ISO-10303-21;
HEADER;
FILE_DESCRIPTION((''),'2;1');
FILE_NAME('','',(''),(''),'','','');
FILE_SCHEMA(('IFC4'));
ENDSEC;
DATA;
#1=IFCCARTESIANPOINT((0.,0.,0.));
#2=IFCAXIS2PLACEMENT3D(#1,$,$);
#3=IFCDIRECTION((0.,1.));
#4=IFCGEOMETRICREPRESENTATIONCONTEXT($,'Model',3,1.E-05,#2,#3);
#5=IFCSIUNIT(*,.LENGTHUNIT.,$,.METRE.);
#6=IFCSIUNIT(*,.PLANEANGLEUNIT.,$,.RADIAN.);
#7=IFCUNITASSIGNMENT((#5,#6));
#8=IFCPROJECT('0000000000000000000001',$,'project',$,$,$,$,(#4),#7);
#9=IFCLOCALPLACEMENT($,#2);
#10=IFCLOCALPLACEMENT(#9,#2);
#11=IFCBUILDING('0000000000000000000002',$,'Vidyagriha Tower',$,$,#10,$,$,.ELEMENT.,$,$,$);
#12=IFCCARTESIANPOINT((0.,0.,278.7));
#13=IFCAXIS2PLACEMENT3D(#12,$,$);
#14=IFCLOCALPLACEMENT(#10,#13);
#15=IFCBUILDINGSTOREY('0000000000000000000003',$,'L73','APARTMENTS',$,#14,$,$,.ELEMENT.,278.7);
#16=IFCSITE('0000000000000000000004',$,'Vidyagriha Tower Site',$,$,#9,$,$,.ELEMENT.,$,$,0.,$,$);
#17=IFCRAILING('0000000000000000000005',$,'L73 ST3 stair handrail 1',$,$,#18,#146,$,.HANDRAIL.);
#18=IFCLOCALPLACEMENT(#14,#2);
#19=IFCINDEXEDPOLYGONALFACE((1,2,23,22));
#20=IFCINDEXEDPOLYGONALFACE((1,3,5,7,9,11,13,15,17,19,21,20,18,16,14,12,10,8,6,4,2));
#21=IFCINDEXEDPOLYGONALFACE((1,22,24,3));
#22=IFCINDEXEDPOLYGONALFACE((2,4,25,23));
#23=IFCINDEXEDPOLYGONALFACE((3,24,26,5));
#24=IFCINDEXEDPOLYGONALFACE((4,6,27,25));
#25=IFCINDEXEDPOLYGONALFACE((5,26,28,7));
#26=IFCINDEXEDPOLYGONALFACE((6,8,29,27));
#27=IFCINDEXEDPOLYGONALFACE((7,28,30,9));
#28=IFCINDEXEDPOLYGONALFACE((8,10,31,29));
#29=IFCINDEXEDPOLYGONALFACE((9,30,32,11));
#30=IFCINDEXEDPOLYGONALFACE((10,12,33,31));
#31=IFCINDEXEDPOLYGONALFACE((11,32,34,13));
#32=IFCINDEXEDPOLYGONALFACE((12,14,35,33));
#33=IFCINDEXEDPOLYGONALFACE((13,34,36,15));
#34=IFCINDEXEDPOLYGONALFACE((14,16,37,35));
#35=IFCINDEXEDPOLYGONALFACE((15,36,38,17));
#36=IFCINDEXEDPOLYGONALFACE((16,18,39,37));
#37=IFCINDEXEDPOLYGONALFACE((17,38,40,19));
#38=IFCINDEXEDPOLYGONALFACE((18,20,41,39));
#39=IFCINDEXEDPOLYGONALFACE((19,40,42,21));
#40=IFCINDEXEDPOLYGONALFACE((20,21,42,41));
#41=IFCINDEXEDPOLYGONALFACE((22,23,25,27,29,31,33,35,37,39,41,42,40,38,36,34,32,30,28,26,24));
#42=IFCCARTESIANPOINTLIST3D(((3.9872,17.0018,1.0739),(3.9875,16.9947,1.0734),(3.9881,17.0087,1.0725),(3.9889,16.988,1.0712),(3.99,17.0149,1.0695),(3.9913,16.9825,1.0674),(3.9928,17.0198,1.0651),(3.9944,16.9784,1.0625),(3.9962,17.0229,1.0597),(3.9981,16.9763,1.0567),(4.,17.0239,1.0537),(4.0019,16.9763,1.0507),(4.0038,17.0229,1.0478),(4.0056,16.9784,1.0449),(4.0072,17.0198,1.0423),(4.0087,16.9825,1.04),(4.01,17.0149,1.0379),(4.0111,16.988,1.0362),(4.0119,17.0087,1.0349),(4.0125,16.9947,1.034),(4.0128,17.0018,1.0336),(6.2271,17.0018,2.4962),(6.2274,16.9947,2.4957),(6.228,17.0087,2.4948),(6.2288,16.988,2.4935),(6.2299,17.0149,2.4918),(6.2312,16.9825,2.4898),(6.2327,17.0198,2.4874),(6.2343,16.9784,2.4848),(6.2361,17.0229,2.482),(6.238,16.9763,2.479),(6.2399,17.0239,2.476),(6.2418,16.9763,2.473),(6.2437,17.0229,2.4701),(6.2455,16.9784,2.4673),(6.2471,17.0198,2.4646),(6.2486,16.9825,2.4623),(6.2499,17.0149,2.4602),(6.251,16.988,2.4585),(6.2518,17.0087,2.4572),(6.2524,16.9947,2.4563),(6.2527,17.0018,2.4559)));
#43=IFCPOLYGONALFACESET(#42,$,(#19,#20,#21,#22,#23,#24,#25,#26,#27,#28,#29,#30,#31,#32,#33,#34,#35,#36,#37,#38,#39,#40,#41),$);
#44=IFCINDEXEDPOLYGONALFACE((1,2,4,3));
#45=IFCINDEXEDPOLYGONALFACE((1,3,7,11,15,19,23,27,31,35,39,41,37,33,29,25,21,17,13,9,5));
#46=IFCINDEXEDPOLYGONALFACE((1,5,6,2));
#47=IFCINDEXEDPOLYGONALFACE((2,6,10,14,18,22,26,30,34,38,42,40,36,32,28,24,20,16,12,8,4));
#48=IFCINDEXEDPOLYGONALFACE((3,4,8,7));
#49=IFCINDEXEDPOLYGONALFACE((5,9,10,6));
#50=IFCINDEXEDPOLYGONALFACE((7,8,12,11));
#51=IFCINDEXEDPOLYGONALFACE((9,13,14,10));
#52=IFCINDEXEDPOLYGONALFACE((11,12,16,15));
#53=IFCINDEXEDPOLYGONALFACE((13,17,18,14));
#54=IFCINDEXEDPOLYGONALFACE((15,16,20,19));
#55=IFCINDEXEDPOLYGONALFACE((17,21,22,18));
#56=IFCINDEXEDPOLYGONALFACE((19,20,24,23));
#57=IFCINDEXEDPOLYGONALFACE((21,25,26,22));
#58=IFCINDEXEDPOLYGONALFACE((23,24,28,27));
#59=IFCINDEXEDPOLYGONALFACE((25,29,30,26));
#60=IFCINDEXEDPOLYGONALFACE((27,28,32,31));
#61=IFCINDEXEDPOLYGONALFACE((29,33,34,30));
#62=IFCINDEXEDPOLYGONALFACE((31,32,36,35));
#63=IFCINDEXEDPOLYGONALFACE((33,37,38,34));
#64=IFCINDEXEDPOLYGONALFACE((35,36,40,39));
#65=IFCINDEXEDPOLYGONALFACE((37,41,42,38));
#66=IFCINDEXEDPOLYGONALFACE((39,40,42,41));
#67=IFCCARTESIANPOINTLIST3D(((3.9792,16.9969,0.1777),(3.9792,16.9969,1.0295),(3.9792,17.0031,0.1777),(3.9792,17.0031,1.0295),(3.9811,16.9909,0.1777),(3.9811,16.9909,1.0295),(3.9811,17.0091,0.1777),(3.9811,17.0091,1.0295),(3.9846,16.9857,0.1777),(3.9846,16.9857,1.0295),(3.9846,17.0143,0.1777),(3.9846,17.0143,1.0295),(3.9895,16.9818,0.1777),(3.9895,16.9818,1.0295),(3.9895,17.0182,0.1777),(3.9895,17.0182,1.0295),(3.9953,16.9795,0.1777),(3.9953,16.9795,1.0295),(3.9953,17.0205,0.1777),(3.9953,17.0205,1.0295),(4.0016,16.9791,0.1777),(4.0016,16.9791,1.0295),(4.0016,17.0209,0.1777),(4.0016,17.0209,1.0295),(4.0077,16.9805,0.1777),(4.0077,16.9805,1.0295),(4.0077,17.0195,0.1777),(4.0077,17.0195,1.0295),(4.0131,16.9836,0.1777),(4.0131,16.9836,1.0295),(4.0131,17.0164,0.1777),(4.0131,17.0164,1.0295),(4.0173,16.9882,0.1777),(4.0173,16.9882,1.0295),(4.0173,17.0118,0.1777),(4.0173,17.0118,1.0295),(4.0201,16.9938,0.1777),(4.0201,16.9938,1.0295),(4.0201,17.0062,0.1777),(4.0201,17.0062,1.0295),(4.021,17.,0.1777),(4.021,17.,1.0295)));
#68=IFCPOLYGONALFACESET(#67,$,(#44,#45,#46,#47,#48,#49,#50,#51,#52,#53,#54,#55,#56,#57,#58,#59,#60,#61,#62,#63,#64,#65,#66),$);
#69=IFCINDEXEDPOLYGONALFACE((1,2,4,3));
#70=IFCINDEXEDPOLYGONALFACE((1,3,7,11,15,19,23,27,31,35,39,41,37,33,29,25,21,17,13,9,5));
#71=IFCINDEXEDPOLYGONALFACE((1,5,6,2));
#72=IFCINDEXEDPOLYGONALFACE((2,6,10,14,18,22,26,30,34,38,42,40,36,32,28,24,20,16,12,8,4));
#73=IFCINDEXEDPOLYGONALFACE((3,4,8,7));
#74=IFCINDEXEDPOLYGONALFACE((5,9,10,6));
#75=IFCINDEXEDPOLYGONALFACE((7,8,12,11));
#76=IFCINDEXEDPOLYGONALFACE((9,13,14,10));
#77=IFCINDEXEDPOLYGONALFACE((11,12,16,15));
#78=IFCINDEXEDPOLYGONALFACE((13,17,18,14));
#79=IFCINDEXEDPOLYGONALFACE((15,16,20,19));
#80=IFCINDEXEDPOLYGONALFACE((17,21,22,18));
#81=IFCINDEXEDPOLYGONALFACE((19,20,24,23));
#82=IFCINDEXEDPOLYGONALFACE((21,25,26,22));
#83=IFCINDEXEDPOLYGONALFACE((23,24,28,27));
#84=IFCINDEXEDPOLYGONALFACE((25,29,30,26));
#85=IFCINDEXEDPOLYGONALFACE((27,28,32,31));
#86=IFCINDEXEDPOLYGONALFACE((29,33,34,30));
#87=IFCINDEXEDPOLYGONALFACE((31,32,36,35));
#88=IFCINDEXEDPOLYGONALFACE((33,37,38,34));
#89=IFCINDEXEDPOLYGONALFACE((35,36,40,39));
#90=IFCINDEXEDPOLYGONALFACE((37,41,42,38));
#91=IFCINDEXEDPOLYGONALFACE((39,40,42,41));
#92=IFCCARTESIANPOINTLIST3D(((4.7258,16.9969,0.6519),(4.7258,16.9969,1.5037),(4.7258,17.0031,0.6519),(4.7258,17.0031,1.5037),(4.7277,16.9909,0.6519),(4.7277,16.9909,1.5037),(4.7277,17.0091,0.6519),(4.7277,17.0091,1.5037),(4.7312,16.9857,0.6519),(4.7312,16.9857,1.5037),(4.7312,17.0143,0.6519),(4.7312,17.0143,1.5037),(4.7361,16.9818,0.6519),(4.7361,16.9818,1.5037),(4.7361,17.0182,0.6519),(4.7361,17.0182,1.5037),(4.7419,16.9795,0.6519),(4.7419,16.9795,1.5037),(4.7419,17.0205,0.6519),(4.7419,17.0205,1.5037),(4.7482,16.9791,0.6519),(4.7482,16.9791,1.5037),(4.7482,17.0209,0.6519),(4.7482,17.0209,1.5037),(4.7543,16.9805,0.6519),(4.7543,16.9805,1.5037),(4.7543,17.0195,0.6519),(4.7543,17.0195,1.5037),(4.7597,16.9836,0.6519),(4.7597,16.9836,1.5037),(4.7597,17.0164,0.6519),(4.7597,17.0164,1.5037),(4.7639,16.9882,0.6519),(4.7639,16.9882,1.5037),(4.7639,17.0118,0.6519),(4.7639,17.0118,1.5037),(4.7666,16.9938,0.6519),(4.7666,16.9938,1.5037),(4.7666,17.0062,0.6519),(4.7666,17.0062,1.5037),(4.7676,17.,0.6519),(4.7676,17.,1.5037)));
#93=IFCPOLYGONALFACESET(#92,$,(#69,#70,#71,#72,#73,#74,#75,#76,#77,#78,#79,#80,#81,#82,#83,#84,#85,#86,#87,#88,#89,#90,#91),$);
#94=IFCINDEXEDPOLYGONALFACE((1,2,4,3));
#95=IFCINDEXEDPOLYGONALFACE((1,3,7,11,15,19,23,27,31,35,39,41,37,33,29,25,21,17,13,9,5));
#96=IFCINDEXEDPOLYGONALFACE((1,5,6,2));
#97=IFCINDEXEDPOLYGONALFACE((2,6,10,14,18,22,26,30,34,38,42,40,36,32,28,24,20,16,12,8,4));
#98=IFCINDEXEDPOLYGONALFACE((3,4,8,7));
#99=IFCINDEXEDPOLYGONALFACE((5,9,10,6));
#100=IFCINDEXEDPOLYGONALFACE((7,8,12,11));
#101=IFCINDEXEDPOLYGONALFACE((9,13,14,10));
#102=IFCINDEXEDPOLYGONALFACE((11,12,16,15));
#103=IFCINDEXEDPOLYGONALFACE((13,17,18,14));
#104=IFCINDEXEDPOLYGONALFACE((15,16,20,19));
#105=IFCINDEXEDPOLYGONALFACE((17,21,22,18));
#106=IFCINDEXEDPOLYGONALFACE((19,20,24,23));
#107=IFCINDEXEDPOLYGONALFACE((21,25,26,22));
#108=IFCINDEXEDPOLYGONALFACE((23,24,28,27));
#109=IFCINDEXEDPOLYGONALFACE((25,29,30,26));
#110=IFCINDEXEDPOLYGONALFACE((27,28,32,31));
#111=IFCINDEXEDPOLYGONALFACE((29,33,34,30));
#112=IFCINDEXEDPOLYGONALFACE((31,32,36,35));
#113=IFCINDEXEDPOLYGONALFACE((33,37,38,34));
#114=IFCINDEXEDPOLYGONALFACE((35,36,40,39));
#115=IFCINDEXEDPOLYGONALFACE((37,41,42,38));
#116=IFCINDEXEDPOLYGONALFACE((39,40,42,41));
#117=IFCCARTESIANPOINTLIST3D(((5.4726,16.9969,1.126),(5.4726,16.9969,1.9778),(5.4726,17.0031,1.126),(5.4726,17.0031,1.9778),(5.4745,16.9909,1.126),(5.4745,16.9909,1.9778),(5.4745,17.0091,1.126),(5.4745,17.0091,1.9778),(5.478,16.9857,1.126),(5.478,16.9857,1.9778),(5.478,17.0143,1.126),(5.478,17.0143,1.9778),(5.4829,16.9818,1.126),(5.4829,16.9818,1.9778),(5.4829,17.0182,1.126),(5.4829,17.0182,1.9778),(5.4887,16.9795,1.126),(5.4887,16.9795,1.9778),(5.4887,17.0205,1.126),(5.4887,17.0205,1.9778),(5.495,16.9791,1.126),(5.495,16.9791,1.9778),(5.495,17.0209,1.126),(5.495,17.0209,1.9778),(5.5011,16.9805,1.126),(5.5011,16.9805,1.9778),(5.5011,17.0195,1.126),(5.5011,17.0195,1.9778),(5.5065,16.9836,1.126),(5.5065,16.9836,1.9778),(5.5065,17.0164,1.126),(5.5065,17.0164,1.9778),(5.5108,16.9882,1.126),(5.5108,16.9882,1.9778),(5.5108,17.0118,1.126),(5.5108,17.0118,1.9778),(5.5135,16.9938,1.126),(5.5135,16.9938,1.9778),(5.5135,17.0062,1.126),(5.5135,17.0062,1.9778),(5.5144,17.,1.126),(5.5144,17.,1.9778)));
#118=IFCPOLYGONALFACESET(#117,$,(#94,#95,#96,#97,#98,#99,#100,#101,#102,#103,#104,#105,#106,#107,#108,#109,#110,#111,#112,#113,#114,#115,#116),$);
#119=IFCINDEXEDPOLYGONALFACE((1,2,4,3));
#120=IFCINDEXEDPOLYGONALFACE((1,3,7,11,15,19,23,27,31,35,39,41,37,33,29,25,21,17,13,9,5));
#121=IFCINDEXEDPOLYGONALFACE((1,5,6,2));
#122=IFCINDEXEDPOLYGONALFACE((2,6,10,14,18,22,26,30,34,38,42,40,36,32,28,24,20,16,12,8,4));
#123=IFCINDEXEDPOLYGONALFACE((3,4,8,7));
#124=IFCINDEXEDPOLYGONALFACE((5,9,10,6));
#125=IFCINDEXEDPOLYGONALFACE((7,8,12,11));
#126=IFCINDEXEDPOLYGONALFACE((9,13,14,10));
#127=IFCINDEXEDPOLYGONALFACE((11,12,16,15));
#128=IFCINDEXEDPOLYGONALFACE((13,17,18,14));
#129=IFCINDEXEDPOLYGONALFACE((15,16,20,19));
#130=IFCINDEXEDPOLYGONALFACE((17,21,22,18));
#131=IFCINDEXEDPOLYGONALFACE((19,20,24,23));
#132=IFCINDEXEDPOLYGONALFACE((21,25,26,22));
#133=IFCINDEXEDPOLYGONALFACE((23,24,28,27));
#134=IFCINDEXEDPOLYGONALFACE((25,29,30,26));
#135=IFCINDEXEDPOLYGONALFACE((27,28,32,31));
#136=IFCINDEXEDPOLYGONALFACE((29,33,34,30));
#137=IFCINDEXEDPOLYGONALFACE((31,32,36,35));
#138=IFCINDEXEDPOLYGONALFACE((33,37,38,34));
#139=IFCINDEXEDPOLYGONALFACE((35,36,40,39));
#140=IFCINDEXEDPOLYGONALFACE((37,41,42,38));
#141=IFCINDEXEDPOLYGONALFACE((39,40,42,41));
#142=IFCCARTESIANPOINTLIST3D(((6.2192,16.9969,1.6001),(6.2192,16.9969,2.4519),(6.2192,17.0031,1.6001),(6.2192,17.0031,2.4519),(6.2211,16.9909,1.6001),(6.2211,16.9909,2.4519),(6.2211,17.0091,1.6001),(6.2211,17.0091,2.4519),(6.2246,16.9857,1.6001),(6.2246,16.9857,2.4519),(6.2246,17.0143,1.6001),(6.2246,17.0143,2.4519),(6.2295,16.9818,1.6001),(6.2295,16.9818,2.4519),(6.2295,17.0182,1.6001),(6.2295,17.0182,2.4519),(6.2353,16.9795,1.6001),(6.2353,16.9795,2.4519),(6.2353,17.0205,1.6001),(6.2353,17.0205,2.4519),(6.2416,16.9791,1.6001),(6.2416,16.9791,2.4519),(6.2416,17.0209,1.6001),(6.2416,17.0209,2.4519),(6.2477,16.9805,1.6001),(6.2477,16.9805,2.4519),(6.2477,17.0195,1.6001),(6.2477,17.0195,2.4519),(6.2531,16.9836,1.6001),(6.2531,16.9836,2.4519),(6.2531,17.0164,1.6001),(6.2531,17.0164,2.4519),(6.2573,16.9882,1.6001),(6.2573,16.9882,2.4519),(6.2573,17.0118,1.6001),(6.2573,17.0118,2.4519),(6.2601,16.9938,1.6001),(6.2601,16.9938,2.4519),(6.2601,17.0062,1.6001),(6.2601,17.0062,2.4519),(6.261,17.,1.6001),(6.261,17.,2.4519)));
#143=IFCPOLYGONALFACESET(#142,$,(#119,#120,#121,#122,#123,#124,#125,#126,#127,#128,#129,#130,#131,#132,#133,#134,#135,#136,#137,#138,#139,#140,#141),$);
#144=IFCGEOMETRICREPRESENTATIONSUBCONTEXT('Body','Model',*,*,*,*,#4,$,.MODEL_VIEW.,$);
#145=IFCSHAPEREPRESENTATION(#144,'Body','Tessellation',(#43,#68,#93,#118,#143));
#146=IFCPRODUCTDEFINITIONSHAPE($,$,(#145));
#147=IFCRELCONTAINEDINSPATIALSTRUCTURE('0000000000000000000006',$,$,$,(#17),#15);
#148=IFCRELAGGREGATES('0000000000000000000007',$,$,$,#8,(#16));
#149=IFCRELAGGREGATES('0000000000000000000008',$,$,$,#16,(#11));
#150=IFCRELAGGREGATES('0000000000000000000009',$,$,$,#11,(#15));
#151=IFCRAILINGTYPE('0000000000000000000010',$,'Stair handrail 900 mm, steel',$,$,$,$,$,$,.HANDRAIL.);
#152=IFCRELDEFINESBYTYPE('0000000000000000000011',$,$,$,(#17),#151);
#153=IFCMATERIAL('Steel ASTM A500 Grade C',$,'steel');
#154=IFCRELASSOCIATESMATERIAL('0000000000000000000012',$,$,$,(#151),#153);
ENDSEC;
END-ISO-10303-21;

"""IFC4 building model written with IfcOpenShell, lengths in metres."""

from ifc_helpers import new_model, si_unit, direction, frame, origin, origin_2d, place, context, subcontext, project, spatial, circle, extrude, material, type_object, element, save


model = new_model("IFC4")

# Units and contexts
model_context = context("Model", 3, precision=1e-05, world=origin(), true_north=direction((0.0, 1.0)))
body_context = subcontext(model_context, "Body", "Model", "MODEL_VIEW")
ifc_project = project(units=[si_unit("LENGTHUNIT", "METRE"), si_unit("PLANEANGLEUNIT", "RADIAN")], contexts=[model_context])

# Site, building, storey
site_placement = place(None, origin())
site = spatial("IfcSite", under=ifc_project, at=site_placement, Name="Vidyagriha Tower Site", CompositionType="ELEMENT", RefElevation=0.0)
building_placement = place(site_placement, origin())
building = spatial("IfcBuilding", under=site, at=building_placement, Name="Vidyagriha Tower", CompositionType="ELEMENT")
storey_placement = place(building_placement, frame((0.0, 0.0, 278.7)))
storey = spatial("IfcBuildingStorey", under=building, at=storey_placement, Name="L73", Description="APARTMENTS", CompositionType="ELEMENT", Elevation=278.7)

# Railing
ifc_material_1 = material(Name="Steel ASTM A500 Grade C", Category="steel")
railing_type = type_object("IfcRailingType", Name="Stair handrail 900 mm, steel", PredefinedType="HANDRAIL", material=ifc_material_1)
railing_placement = place(storey_placement, frame((4.0, 17.0, 0.1777)))
element("IfcRailing", 1, at=railing_placement, inside=storey, type_object=railing_type, Name="L73 ST3 stair handrail 1", PredefinedType="HANDRAIL", context=body_context, shape_type="SweptSolid", body=[
    extrude(circle(Radius=0.0239, at=origin_2d()), frame((0.0, 0.0, 0.876), z_axis=(0.844188, 0.0, 0.536048), x_axis=(0.0, 1.0, 0.0)), (0.0, 0.0, 1.0), 2.6533),
    extrude(circle(Radius=0.021, at=origin_2d()), origin(), (0.0, 0.0, 1.0), 0.8518),
    extrude(circle(Radius=0.021, at=origin_2d()), frame((0.7466, 0.0, 0.4741)), (0.0, 0.0, 1.0), 0.8518),
    extrude(circle(Radius=0.021, at=origin_2d()), frame((1.4934, 0.0, 0.9482)), (0.0, 0.0, 1.0), 0.8518),
    extrude(circle(Radius=0.021, at=origin_2d()), frame((2.24, 0.0, 1.4224)), (0.0, 0.0, 1.0), 0.8518),
])

save(model, "model.ifc")
